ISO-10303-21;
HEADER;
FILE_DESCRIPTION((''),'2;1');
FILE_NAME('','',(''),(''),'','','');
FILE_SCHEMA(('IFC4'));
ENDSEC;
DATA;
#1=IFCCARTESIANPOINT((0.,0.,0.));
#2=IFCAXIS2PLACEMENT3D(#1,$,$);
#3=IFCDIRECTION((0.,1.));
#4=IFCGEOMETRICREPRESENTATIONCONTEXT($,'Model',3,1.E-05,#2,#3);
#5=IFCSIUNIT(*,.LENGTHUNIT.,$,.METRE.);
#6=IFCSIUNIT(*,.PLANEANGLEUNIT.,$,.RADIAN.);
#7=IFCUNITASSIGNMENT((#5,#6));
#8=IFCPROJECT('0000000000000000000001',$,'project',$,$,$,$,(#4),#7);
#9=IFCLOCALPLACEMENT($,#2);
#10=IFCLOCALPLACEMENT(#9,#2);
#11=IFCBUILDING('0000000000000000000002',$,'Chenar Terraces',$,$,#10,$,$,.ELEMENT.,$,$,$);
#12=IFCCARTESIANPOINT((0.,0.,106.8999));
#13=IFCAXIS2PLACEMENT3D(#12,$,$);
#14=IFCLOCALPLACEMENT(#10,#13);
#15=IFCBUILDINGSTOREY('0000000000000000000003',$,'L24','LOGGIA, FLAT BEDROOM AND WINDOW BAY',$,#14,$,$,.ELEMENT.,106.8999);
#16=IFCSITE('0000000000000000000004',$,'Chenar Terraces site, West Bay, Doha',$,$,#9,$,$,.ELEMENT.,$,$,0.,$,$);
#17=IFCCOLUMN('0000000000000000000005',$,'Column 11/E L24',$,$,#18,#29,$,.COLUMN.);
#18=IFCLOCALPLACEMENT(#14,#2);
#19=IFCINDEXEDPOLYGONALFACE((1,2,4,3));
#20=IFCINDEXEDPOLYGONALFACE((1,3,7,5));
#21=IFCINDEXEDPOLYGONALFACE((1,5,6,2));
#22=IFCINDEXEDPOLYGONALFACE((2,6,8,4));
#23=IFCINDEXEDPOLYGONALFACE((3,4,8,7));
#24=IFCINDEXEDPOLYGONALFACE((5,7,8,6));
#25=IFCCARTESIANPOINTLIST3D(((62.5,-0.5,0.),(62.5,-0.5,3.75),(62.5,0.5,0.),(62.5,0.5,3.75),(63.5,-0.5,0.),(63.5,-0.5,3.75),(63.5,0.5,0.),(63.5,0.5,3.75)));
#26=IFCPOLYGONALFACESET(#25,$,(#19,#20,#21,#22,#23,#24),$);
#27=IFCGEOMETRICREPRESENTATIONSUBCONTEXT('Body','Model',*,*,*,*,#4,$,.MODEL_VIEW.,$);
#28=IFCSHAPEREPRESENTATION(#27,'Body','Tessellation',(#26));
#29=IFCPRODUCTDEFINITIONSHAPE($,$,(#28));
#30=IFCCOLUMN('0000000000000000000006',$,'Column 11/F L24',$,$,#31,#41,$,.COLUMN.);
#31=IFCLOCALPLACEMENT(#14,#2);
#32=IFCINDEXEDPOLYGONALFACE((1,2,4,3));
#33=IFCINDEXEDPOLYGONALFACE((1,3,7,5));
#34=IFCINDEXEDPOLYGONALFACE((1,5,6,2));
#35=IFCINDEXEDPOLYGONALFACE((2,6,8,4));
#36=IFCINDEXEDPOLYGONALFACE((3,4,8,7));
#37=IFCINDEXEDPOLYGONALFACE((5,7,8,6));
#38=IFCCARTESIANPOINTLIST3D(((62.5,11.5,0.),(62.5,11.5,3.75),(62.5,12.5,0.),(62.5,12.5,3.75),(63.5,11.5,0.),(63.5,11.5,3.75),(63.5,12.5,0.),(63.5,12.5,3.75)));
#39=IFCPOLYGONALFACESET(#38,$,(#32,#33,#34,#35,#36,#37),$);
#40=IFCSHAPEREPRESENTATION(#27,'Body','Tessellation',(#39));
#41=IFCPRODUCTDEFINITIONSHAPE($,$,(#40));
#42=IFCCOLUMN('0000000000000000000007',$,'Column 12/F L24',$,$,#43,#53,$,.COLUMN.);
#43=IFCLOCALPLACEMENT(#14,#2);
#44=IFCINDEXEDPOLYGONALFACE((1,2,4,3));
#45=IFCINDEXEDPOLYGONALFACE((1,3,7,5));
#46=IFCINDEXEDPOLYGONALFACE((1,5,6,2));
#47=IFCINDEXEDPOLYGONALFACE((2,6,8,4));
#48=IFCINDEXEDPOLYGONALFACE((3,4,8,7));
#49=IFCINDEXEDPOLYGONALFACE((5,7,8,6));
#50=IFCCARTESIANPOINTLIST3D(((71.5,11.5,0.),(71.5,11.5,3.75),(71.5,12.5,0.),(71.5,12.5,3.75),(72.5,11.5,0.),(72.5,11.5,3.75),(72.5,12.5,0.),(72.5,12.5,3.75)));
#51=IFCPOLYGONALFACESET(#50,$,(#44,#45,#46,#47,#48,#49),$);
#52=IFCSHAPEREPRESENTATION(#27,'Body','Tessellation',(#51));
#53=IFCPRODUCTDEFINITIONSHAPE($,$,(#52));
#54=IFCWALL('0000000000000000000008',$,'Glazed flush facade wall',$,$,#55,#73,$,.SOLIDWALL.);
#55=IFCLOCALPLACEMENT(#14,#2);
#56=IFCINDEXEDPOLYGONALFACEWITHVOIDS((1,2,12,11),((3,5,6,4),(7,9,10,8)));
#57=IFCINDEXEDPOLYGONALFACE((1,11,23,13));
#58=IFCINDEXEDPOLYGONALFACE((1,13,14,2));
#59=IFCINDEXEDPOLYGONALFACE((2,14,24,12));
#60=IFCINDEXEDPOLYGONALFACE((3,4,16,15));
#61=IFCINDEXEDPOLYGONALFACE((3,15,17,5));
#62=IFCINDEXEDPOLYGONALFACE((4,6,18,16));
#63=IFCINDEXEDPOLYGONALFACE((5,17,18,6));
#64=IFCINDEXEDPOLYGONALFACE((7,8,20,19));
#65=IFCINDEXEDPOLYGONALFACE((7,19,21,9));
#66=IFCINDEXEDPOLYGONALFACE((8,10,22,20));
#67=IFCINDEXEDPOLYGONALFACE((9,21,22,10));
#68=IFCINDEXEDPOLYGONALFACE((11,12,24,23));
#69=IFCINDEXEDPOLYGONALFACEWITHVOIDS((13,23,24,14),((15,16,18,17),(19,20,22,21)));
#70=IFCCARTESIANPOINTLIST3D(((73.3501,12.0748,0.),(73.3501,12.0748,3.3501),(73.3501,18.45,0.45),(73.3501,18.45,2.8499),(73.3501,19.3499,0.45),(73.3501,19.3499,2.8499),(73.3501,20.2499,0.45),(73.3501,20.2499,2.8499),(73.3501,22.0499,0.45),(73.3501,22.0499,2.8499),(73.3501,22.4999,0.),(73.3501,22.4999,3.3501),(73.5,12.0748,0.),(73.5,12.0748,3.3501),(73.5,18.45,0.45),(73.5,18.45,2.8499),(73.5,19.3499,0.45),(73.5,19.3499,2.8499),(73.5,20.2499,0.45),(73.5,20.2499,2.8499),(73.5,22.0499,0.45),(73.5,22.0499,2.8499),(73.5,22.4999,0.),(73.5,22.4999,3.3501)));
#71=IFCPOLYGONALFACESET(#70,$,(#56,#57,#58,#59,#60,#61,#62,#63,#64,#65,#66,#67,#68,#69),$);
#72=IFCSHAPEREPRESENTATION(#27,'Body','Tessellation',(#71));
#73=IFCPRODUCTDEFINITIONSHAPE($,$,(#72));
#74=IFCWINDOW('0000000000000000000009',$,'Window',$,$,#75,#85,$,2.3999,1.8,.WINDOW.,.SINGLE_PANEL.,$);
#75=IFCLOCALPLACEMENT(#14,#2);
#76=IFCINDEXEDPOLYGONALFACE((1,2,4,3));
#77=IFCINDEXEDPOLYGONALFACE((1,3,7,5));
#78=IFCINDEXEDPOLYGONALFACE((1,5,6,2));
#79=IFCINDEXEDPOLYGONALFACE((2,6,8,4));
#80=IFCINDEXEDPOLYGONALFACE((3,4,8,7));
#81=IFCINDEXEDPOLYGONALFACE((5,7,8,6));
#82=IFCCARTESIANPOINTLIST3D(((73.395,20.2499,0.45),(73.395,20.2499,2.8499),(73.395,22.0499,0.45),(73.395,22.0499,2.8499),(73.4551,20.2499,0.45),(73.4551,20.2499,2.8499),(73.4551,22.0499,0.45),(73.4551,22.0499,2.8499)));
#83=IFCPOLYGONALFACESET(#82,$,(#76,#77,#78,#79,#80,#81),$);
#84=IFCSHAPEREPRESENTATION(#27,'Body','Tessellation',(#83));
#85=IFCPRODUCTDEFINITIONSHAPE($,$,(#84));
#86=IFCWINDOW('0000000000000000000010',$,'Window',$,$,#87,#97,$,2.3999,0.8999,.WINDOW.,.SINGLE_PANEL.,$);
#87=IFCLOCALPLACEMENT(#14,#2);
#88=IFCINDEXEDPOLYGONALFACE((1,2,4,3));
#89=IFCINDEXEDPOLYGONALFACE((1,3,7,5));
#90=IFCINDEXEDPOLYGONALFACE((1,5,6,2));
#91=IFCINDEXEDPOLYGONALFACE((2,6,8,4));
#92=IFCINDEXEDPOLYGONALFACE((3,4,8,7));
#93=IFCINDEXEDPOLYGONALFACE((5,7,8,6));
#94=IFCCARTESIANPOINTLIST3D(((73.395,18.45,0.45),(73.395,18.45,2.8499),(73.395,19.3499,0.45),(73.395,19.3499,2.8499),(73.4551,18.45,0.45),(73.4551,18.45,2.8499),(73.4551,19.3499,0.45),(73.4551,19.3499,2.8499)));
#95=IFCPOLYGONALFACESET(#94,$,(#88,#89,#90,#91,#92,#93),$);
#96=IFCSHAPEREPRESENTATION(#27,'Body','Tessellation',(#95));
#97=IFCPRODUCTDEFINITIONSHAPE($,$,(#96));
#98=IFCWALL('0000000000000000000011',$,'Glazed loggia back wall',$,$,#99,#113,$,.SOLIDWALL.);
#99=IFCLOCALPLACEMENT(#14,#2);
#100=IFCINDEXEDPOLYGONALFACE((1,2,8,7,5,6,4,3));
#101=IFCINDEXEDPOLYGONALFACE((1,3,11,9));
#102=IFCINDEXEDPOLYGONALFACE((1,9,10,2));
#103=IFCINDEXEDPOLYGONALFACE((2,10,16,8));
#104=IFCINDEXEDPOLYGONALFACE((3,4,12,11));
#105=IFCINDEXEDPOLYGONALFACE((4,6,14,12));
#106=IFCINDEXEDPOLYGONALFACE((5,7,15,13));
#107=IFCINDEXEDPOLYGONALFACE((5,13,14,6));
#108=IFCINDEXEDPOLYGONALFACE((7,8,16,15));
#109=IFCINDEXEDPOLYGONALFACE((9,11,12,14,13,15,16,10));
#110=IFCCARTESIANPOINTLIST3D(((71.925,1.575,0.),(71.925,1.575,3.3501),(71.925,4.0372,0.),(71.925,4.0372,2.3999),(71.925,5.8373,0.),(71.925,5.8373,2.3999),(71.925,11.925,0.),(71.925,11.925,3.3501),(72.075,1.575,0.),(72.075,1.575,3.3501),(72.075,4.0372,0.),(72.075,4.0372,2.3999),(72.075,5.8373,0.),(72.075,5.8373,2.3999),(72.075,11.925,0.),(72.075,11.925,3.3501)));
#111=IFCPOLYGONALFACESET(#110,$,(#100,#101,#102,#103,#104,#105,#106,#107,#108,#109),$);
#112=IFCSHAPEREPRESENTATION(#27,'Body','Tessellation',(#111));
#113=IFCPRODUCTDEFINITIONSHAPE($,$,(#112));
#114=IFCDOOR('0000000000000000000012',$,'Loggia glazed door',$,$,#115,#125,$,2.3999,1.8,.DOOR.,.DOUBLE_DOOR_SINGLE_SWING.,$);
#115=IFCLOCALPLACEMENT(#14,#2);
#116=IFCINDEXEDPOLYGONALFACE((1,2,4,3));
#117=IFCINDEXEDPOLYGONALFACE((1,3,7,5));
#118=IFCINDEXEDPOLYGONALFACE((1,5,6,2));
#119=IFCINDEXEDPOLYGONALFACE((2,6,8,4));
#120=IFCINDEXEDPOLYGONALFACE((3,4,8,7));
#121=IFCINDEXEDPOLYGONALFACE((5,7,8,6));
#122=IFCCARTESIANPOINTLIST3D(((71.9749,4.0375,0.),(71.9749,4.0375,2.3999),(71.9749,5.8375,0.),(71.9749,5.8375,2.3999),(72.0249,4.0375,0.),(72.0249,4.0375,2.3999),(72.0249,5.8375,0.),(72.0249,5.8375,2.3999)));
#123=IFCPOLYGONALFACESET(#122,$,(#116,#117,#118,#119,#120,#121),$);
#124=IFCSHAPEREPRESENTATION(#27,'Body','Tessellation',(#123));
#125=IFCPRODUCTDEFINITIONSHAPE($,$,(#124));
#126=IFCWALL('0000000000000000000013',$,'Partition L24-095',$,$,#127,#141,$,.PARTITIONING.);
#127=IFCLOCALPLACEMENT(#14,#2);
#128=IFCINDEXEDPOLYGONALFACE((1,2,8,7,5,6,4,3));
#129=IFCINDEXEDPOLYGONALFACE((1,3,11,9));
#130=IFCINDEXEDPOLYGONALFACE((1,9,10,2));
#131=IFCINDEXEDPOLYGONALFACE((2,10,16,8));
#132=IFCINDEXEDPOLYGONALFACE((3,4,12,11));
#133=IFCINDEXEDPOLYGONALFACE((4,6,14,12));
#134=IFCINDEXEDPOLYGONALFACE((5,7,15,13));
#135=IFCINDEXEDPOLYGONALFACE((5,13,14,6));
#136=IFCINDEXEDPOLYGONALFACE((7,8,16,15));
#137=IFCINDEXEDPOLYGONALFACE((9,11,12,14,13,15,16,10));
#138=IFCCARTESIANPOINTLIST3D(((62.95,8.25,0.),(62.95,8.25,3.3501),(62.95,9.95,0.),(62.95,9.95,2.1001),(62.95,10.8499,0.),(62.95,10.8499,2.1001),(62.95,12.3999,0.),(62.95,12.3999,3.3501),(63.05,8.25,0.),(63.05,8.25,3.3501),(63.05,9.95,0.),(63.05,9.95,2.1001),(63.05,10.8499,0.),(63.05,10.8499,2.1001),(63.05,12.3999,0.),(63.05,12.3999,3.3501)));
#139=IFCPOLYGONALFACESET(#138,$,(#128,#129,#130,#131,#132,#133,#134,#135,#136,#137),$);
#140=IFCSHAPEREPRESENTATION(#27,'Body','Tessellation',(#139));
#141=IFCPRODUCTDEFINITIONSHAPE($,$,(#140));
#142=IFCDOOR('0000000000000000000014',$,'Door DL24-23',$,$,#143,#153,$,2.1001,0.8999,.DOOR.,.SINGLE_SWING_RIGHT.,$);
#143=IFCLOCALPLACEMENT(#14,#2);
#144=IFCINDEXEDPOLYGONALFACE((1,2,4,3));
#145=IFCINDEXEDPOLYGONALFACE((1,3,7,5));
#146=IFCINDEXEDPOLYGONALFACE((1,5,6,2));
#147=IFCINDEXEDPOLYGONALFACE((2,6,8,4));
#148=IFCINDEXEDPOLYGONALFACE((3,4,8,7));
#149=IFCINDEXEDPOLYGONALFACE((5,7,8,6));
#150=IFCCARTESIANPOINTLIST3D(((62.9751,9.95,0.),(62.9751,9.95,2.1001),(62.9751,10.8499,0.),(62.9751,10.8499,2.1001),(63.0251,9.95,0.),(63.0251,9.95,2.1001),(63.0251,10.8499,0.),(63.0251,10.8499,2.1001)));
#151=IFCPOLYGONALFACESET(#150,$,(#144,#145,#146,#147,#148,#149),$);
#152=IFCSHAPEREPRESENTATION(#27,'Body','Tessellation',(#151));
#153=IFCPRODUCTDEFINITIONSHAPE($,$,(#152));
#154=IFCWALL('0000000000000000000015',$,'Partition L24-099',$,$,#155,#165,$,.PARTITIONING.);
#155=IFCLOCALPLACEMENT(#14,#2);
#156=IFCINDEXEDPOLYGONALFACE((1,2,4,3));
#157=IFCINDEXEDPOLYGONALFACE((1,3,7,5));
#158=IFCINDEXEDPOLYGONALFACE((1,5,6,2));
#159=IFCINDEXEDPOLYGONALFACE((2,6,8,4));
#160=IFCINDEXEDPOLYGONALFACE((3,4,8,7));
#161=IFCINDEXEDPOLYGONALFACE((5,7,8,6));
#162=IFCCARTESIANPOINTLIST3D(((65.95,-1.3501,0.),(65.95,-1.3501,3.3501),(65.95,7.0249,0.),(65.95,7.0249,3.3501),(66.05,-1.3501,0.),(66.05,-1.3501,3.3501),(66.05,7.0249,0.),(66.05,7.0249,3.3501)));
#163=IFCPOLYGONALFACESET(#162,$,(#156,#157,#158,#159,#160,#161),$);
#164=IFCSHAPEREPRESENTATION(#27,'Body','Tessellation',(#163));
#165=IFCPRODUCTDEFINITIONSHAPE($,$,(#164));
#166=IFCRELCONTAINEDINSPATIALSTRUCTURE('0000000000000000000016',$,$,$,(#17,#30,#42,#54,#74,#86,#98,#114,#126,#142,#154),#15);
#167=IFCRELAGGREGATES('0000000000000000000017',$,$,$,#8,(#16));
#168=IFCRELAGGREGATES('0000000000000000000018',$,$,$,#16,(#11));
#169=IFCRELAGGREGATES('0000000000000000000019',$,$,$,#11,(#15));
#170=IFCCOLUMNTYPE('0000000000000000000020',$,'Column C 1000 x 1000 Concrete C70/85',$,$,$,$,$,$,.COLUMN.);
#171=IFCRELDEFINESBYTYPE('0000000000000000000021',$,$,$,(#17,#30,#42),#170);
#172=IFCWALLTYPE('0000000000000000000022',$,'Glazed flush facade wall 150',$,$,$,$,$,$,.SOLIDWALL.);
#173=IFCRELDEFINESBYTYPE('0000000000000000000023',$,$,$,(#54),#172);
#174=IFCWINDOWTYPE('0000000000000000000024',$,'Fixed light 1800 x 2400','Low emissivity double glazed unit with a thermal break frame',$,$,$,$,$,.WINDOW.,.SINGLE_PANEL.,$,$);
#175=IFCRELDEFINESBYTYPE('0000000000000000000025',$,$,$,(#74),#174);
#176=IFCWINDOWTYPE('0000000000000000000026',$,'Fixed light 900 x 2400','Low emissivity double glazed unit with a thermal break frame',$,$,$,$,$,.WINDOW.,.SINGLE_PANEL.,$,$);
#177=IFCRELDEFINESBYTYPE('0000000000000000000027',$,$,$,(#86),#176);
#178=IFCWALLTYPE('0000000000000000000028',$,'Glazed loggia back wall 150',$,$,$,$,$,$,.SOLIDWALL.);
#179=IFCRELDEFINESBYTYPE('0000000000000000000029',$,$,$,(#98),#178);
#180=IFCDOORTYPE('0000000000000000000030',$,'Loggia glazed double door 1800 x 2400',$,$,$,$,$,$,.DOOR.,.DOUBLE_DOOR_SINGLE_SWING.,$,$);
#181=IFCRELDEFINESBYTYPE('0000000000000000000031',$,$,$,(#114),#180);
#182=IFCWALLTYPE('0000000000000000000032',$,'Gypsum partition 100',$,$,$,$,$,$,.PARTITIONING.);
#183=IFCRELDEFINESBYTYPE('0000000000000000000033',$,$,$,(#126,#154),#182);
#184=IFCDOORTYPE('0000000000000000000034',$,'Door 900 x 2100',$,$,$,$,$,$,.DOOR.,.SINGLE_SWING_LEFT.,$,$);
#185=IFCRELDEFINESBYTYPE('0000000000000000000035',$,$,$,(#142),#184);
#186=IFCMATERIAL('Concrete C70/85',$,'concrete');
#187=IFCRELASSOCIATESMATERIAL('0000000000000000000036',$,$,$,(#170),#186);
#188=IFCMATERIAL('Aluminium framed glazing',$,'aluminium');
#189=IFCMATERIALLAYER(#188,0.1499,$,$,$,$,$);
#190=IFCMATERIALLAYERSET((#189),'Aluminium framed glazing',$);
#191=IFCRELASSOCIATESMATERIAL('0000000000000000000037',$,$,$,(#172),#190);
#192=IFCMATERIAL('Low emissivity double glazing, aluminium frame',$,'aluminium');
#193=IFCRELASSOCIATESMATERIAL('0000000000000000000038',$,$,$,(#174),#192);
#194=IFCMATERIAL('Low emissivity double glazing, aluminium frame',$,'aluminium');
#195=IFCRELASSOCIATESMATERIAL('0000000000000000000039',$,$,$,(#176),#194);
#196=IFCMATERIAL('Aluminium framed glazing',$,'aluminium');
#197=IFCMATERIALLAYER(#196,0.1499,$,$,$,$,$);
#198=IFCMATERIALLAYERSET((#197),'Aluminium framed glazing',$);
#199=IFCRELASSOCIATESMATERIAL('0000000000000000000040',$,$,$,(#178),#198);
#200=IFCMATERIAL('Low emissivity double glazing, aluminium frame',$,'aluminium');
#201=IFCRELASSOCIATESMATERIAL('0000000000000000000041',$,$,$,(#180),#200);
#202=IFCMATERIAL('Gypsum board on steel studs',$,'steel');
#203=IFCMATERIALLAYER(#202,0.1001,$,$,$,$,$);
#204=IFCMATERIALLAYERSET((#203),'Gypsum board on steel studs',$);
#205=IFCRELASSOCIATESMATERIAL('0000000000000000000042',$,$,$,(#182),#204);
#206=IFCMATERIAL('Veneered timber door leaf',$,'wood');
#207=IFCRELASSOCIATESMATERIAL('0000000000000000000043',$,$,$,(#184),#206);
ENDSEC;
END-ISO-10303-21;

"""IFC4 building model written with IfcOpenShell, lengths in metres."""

from ifc_helpers import new_model, si_unit, direction, frame, frame_2d, origin, origin_2d, place, context, subcontext, project, spatial, rectangle, extrude, material, layer, layer_set, material_profile, profile_set, type_object, element, fill, save


model = new_model("IFC4")

# Units and contexts
model_context = context("Model", 3, precision=1e-05, world=origin(), true_north=direction((0.0, 1.0)))
body_context = subcontext(model_context, "Body", "Model", "MODEL_VIEW")
ifc_project = project(units=[si_unit("LENGTHUNIT", "METRE"), si_unit("PLANEANGLEUNIT", "RADIAN")], contexts=[model_context])

# Site, building, storey
site_placement = place(None, origin())
site = spatial("IfcSite", under=ifc_project, at=site_placement, Name="Chenar Terraces site, West Bay, Doha", CompositionType="ELEMENT", RefElevation=0.0)
building_placement = place(site_placement, origin())
building = spatial("IfcBuilding", under=site, at=building_placement, Name="Chenar Terraces", CompositionType="ELEMENT")
storey_placement = place(building_placement, frame((0.0, 0.0, 106.8999)))
storey = spatial("IfcBuildingStorey", under=building, at=storey_placement, Name="L24", Description="LOGGIA, FLAT BEDROOM AND WINDOW BAY", CompositionType="ELEMENT", Elevation=106.8999)

# Columns
ifc_material_1 = material(Name="Concrete C70/85", Category="concrete")
ifc_material_profile_1 = material_profile(ifc_material_1, rectangle(XDim=1.0, YDim=1.0, at=origin_2d()), Name="C 1000 x 1000")
ifc_profile_set_1 = profile_set([ifc_material_profile_1], Name="Concrete C70/85")
column_type = type_object("IfcColumnType", Name="Column C 1000 x 1000 Concrete C70/85", PredefinedType="COLUMN", material=ifc_profile_set_1)
for number, where, z_axis, x_axis, name in (
    (1, (63.0, 0.0, 0.0), (0.0, 0.0, 1.0), (1.0, 0.0, 0.0), "Column 11/E L24"),
    (2, (63.0, 12.0, 0.0), (0.0, 0.0, 1.0), (1.0, 0.0, 0.0), "Column 11/F L24"),
    (3, (72.0, 12.0, 0.0), (0.0, 0.0, 1.0), (1.0, 0.0, 0.0), "Column 12/F L24"),
):
    element("IfcColumn", number, at=place(storey_placement, frame(where, z_axis=z_axis, x_axis=x_axis)), inside=storey, type_object=column_type, Name=name, PredefinedType="COLUMN", context=body_context, shape_type="SweptSolid", body=[
        extrude(rectangle(XDim=1.0, YDim=1.0, at=origin_2d()), origin(), (0.0, 0.0, 1.0), 3.75),
    ])

# Wall, openings, windows
ifc_material_2 = material(Name="Aluminium framed glazing", Category="aluminium")
ifc_layer_1 = layer(ifc_material_2, 0.1499)
ifc_layer_set_1 = layer_set([ifc_layer_1], Name="Aluminium framed glazing")
wall_type_1 = type_object("IfcWallType", Name="Glazed flush facade wall 150", PredefinedType="SOLIDWALL", material=ifc_layer_set_1)
wall_1_placement = place(storey_placement, frame((73.425, 12.075, 0.0), z_axis=(0.0, 0.0, 1.0), x_axis=(0.0, 1.0, 0.0)))
wall_1 = element("IfcWall", 4, at=wall_1_placement, inside=storey, type_object=wall_type_1, Name="Glazed flush facade wall", PredefinedType="SOLIDWALL", context=body_context, shape_type="SweptSolid", body=[
    extrude(rectangle(XDim=10.425, YDim=0.1499, at=frame_2d((5.2124, 0.0))), origin(), (0.0, 0.0, 1.0), 3.3501),
])
opening_1_placement = place(wall_1_placement, frame((6.375, 0.0, 0.45)))
opening_1 = element("IfcOpeningElement", 5, at=opening_1_placement, cuts=wall_1, PredefinedType="OPENING", context=body_context, shape_type="SweptSolid", body=[
    extrude(rectangle(XDim=0.8999, YDim=2.3999, at=frame_2d((0.45, 1.2))), frame((0.0, 0.085, 0.0), z_axis=(0.0, -1.0, 0.0), x_axis=(1.0, 0.0, 0.0)), (0.0, 0.0, 1.0), 0.1699),
])
opening_2_placement = place(wall_1_placement, frame((8.175, 0.0, 0.45)))
opening_2 = element("IfcOpeningElement", 6, at=opening_2_placement, cuts=wall_1, PredefinedType="OPENING", context=body_context, shape_type="SweptSolid", body=[
    extrude(rectangle(XDim=1.8, YDim=2.3999, at=frame_2d((0.8999, 1.2))), frame((0.0, 0.085, 0.0), z_axis=(0.0, -1.0, 0.0), x_axis=(1.0, 0.0, 0.0)), (0.0, 0.0, 1.0), 0.1699),
])
ifc_material_3 = material(Name="Low emissivity double glazing, aluminium frame", Category="aluminium")
window_type_1 = type_object("IfcWindowType", Name="Fixed light 1800 x 2400", Description="Low emissivity double glazed unit with a thermal break frame", PartitioningType="SINGLE_PANEL", PredefinedType="WINDOW", material=ifc_material_3)
window_1_placement = place(opening_2_placement, origin())
window_1 = element("IfcWindow", 7, at=window_1_placement, inside=storey, type_object=window_type_1, Name="Window", OverallHeight=2.3999, OverallWidth=1.8, PartitioningType="SINGLE_PANEL", PredefinedType="WINDOW", context=body_context, shape_type="SweptSolid", body=[
    extrude(rectangle(XDim=1.8, YDim=2.3999, at=frame_2d((0.8999, 1.2))), frame((0.0, 0.03, 0.0), z_axis=(0.0, -1.0, 0.0), x_axis=(1.0, 0.0, 0.0)), (0.0, 0.0, 1.0), 0.0601),
])
fill(opening_2, window_1)
ifc_material_4 = material(Name="Low emissivity double glazing, aluminium frame", Category="aluminium")
window_type_2 = type_object("IfcWindowType", Name="Fixed light 900 x 2400", Description="Low emissivity double glazed unit with a thermal break frame", PartitioningType="SINGLE_PANEL", PredefinedType="WINDOW", material=ifc_material_4)
window_2_placement = place(opening_1_placement, origin())
window_2 = element("IfcWindow", 8, at=window_2_placement, inside=storey, type_object=window_type_2, Name="Window", OverallHeight=2.3999, OverallWidth=0.8999, PartitioningType="SINGLE_PANEL", PredefinedType="WINDOW", context=body_context, shape_type="SweptSolid", body=[
    extrude(rectangle(XDim=0.8999, YDim=2.3999, at=frame_2d((0.45, 1.2))), frame((0.0, 0.03, 0.0), z_axis=(0.0, -1.0, 0.0), x_axis=(1.0, 0.0, 0.0)), (0.0, 0.0, 1.0), 0.0601),
])
fill(opening_1, window_2)

# Walls, openings, doors
ifc_material_5 = material(Name="Aluminium framed glazing", Category="aluminium")
ifc_layer_2 = layer(ifc_material_5, 0.1499)
ifc_layer_set_2 = layer_set([ifc_layer_2], Name="Aluminium framed glazing")
wall_type_2 = type_object("IfcWallType", Name="Glazed loggia back wall 150", PredefinedType="SOLIDWALL", material=ifc_layer_set_2)
wall_2_placement = place(storey_placement, frame((72.0, 1.575, 0.0), z_axis=(0.0, 0.0, 1.0), x_axis=(0.0, 1.0, 0.0)))
wall_2 = element("IfcWall", 9, at=wall_2_placement, inside=storey, type_object=wall_type_2, Name="Glazed loggia back wall", PredefinedType="SOLIDWALL", context=body_context, shape_type="SweptSolid", body=[
    extrude(rectangle(XDim=10.3501, YDim=0.1499, at=frame_2d((5.175, 0.0))), origin(), (0.0, 0.0, 1.0), 3.3501),
])
opening_3_placement = place(wall_2_placement, frame((2.4624, 0.0, 0.0)))
opening_3 = element("IfcOpeningElement", 10, at=opening_3_placement, cuts=wall_2, PredefinedType="OPENING", context=body_context, shape_type="SweptSolid", body=[
    extrude(rectangle(XDim=1.8, YDim=2.3999, at=frame_2d((0.8999, 1.2))), frame((0.0, 0.085, 0.0), z_axis=(0.0, -1.0, 0.0), x_axis=(1.0, 0.0, 0.0)), (0.0, 0.0, 1.0), 0.1699),
])
ifc_material_6 = material(Name="Low emissivity double glazing, aluminium frame", Category="aluminium")
door_type_1 = type_object("IfcDoorType", Name="Loggia glazed double door 1800 x 2400", OperationType="DOUBLE_DOOR_SINGLE_SWING", PredefinedType="DOOR", material=ifc_material_6)
door_1_placement = place(opening_3_placement, frame((1.8, 0.0, 0.0), z_axis=(0.0, 0.0, 1.0), x_axis=(-1.0, 0.0, 0.0)))
door_1 = element("IfcDoor", 11, at=door_1_placement, inside=storey, type_object=door_type_1, Name="Loggia glazed door", OperationType="DOUBLE_DOOR_SINGLE_SWING", OverallHeight=2.3999, OverallWidth=1.8, PredefinedType="DOOR", context=body_context, shape_type="SweptSolid", body=[
    extrude(rectangle(XDim=1.8, YDim=2.3999, at=frame_2d((0.8999, 1.2))), frame((0.0, 0.0249, 0.0), z_axis=(0.0, -1.0, 0.0), x_axis=(1.0, 0.0, 0.0)), (0.0, 0.0, 1.0), 0.05),
])
fill(opening_3, door_1)
ifc_material_7 = material(Name="Gypsum board on steel studs", Category="steel")
ifc_layer_3 = layer(ifc_material_7, 0.1001)
ifc_layer_set_3 = layer_set([ifc_layer_3], Name="Gypsum board on steel studs")
wall_type_3 = type_object("IfcWallType", Name="Gypsum partition 100", PredefinedType="PARTITIONING", material=ifc_layer_set_3)
wall_3_placement = place(storey_placement, frame((63.0, 8.25, 0.0), z_axis=(0.0, 0.0, 1.0), x_axis=(0.0, 1.0, 0.0)))
wall_3 = element("IfcWall", 12, at=wall_3_placement, inside=storey, type_object=wall_type_3, Name="Partition L24-095", PredefinedType="PARTITIONING", context=body_context, shape_type="SweptSolid", body=[
    extrude(rectangle(XDim=4.1499, YDim=0.1001, at=frame_2d((2.075, 0.0))), origin(), (0.0, 0.0, 1.0), 3.3501),
])
opening_4_placement = place(wall_3_placement, frame((1.7, 0.0, 0.0)))
opening_4 = element("IfcOpeningElement", 13, at=opening_4_placement, cuts=wall_3, PredefinedType="OPENING", context=body_context, shape_type="SweptSolid", body=[
    extrude(rectangle(XDim=0.8999, YDim=2.1001, at=frame_2d((0.45, 1.05))), frame((0.0, 0.0601, 0.0), z_axis=(0.0, -1.0, 0.0), x_axis=(1.0, 0.0, 0.0)), (0.0, 0.0, 1.0), 0.1201),
])
ifc_material_8 = material(Name="Veneered timber door leaf", Category="wood")
door_type_2 = type_object("IfcDoorType", Name="Door 900 x 2100", OperationType="SINGLE_SWING_LEFT", PredefinedType="DOOR", material=ifc_material_8)
door_2_placement = place(opening_4_placement, origin())
door_2 = element("IfcDoor", 14, at=door_2_placement, inside=storey, type_object=door_type_2, Name="Door DL24-23", OperationType="SINGLE_SWING_RIGHT", OverallHeight=2.1001, OverallWidth=0.8999, PredefinedType="DOOR", context=body_context, shape_type="SweptSolid", body=[
    extrude(rectangle(XDim=0.8999, YDim=2.1001, at=frame_2d((0.45, 1.05))), frame((0.0, 0.0249, 0.0), z_axis=(0.0, -1.0, 0.0), x_axis=(1.0, 0.0, 0.0)), (0.0, 0.0, 1.0), 0.05),
])
fill(opening_4, door_2)

# Wall
wall_4_placement = place(storey_placement, frame((66.0, -1.3501, 0.0), z_axis=(0.0, 0.0, 1.0), x_axis=(0.0, 1.0, 0.0)))
element("IfcWall", 15, at=wall_4_placement, inside=storey, type_object=wall_type_3, Name="Partition L24-099", PredefinedType="PARTITIONING", context=body_context, shape_type="SweptSolid", body=[
    extrude(rectangle(XDim=8.375, YDim=0.1001, at=frame_2d((4.1875, 0.0))), origin(), (0.0, 0.0, 1.0), 3.3501),
])

save(model, "model.ifc")
